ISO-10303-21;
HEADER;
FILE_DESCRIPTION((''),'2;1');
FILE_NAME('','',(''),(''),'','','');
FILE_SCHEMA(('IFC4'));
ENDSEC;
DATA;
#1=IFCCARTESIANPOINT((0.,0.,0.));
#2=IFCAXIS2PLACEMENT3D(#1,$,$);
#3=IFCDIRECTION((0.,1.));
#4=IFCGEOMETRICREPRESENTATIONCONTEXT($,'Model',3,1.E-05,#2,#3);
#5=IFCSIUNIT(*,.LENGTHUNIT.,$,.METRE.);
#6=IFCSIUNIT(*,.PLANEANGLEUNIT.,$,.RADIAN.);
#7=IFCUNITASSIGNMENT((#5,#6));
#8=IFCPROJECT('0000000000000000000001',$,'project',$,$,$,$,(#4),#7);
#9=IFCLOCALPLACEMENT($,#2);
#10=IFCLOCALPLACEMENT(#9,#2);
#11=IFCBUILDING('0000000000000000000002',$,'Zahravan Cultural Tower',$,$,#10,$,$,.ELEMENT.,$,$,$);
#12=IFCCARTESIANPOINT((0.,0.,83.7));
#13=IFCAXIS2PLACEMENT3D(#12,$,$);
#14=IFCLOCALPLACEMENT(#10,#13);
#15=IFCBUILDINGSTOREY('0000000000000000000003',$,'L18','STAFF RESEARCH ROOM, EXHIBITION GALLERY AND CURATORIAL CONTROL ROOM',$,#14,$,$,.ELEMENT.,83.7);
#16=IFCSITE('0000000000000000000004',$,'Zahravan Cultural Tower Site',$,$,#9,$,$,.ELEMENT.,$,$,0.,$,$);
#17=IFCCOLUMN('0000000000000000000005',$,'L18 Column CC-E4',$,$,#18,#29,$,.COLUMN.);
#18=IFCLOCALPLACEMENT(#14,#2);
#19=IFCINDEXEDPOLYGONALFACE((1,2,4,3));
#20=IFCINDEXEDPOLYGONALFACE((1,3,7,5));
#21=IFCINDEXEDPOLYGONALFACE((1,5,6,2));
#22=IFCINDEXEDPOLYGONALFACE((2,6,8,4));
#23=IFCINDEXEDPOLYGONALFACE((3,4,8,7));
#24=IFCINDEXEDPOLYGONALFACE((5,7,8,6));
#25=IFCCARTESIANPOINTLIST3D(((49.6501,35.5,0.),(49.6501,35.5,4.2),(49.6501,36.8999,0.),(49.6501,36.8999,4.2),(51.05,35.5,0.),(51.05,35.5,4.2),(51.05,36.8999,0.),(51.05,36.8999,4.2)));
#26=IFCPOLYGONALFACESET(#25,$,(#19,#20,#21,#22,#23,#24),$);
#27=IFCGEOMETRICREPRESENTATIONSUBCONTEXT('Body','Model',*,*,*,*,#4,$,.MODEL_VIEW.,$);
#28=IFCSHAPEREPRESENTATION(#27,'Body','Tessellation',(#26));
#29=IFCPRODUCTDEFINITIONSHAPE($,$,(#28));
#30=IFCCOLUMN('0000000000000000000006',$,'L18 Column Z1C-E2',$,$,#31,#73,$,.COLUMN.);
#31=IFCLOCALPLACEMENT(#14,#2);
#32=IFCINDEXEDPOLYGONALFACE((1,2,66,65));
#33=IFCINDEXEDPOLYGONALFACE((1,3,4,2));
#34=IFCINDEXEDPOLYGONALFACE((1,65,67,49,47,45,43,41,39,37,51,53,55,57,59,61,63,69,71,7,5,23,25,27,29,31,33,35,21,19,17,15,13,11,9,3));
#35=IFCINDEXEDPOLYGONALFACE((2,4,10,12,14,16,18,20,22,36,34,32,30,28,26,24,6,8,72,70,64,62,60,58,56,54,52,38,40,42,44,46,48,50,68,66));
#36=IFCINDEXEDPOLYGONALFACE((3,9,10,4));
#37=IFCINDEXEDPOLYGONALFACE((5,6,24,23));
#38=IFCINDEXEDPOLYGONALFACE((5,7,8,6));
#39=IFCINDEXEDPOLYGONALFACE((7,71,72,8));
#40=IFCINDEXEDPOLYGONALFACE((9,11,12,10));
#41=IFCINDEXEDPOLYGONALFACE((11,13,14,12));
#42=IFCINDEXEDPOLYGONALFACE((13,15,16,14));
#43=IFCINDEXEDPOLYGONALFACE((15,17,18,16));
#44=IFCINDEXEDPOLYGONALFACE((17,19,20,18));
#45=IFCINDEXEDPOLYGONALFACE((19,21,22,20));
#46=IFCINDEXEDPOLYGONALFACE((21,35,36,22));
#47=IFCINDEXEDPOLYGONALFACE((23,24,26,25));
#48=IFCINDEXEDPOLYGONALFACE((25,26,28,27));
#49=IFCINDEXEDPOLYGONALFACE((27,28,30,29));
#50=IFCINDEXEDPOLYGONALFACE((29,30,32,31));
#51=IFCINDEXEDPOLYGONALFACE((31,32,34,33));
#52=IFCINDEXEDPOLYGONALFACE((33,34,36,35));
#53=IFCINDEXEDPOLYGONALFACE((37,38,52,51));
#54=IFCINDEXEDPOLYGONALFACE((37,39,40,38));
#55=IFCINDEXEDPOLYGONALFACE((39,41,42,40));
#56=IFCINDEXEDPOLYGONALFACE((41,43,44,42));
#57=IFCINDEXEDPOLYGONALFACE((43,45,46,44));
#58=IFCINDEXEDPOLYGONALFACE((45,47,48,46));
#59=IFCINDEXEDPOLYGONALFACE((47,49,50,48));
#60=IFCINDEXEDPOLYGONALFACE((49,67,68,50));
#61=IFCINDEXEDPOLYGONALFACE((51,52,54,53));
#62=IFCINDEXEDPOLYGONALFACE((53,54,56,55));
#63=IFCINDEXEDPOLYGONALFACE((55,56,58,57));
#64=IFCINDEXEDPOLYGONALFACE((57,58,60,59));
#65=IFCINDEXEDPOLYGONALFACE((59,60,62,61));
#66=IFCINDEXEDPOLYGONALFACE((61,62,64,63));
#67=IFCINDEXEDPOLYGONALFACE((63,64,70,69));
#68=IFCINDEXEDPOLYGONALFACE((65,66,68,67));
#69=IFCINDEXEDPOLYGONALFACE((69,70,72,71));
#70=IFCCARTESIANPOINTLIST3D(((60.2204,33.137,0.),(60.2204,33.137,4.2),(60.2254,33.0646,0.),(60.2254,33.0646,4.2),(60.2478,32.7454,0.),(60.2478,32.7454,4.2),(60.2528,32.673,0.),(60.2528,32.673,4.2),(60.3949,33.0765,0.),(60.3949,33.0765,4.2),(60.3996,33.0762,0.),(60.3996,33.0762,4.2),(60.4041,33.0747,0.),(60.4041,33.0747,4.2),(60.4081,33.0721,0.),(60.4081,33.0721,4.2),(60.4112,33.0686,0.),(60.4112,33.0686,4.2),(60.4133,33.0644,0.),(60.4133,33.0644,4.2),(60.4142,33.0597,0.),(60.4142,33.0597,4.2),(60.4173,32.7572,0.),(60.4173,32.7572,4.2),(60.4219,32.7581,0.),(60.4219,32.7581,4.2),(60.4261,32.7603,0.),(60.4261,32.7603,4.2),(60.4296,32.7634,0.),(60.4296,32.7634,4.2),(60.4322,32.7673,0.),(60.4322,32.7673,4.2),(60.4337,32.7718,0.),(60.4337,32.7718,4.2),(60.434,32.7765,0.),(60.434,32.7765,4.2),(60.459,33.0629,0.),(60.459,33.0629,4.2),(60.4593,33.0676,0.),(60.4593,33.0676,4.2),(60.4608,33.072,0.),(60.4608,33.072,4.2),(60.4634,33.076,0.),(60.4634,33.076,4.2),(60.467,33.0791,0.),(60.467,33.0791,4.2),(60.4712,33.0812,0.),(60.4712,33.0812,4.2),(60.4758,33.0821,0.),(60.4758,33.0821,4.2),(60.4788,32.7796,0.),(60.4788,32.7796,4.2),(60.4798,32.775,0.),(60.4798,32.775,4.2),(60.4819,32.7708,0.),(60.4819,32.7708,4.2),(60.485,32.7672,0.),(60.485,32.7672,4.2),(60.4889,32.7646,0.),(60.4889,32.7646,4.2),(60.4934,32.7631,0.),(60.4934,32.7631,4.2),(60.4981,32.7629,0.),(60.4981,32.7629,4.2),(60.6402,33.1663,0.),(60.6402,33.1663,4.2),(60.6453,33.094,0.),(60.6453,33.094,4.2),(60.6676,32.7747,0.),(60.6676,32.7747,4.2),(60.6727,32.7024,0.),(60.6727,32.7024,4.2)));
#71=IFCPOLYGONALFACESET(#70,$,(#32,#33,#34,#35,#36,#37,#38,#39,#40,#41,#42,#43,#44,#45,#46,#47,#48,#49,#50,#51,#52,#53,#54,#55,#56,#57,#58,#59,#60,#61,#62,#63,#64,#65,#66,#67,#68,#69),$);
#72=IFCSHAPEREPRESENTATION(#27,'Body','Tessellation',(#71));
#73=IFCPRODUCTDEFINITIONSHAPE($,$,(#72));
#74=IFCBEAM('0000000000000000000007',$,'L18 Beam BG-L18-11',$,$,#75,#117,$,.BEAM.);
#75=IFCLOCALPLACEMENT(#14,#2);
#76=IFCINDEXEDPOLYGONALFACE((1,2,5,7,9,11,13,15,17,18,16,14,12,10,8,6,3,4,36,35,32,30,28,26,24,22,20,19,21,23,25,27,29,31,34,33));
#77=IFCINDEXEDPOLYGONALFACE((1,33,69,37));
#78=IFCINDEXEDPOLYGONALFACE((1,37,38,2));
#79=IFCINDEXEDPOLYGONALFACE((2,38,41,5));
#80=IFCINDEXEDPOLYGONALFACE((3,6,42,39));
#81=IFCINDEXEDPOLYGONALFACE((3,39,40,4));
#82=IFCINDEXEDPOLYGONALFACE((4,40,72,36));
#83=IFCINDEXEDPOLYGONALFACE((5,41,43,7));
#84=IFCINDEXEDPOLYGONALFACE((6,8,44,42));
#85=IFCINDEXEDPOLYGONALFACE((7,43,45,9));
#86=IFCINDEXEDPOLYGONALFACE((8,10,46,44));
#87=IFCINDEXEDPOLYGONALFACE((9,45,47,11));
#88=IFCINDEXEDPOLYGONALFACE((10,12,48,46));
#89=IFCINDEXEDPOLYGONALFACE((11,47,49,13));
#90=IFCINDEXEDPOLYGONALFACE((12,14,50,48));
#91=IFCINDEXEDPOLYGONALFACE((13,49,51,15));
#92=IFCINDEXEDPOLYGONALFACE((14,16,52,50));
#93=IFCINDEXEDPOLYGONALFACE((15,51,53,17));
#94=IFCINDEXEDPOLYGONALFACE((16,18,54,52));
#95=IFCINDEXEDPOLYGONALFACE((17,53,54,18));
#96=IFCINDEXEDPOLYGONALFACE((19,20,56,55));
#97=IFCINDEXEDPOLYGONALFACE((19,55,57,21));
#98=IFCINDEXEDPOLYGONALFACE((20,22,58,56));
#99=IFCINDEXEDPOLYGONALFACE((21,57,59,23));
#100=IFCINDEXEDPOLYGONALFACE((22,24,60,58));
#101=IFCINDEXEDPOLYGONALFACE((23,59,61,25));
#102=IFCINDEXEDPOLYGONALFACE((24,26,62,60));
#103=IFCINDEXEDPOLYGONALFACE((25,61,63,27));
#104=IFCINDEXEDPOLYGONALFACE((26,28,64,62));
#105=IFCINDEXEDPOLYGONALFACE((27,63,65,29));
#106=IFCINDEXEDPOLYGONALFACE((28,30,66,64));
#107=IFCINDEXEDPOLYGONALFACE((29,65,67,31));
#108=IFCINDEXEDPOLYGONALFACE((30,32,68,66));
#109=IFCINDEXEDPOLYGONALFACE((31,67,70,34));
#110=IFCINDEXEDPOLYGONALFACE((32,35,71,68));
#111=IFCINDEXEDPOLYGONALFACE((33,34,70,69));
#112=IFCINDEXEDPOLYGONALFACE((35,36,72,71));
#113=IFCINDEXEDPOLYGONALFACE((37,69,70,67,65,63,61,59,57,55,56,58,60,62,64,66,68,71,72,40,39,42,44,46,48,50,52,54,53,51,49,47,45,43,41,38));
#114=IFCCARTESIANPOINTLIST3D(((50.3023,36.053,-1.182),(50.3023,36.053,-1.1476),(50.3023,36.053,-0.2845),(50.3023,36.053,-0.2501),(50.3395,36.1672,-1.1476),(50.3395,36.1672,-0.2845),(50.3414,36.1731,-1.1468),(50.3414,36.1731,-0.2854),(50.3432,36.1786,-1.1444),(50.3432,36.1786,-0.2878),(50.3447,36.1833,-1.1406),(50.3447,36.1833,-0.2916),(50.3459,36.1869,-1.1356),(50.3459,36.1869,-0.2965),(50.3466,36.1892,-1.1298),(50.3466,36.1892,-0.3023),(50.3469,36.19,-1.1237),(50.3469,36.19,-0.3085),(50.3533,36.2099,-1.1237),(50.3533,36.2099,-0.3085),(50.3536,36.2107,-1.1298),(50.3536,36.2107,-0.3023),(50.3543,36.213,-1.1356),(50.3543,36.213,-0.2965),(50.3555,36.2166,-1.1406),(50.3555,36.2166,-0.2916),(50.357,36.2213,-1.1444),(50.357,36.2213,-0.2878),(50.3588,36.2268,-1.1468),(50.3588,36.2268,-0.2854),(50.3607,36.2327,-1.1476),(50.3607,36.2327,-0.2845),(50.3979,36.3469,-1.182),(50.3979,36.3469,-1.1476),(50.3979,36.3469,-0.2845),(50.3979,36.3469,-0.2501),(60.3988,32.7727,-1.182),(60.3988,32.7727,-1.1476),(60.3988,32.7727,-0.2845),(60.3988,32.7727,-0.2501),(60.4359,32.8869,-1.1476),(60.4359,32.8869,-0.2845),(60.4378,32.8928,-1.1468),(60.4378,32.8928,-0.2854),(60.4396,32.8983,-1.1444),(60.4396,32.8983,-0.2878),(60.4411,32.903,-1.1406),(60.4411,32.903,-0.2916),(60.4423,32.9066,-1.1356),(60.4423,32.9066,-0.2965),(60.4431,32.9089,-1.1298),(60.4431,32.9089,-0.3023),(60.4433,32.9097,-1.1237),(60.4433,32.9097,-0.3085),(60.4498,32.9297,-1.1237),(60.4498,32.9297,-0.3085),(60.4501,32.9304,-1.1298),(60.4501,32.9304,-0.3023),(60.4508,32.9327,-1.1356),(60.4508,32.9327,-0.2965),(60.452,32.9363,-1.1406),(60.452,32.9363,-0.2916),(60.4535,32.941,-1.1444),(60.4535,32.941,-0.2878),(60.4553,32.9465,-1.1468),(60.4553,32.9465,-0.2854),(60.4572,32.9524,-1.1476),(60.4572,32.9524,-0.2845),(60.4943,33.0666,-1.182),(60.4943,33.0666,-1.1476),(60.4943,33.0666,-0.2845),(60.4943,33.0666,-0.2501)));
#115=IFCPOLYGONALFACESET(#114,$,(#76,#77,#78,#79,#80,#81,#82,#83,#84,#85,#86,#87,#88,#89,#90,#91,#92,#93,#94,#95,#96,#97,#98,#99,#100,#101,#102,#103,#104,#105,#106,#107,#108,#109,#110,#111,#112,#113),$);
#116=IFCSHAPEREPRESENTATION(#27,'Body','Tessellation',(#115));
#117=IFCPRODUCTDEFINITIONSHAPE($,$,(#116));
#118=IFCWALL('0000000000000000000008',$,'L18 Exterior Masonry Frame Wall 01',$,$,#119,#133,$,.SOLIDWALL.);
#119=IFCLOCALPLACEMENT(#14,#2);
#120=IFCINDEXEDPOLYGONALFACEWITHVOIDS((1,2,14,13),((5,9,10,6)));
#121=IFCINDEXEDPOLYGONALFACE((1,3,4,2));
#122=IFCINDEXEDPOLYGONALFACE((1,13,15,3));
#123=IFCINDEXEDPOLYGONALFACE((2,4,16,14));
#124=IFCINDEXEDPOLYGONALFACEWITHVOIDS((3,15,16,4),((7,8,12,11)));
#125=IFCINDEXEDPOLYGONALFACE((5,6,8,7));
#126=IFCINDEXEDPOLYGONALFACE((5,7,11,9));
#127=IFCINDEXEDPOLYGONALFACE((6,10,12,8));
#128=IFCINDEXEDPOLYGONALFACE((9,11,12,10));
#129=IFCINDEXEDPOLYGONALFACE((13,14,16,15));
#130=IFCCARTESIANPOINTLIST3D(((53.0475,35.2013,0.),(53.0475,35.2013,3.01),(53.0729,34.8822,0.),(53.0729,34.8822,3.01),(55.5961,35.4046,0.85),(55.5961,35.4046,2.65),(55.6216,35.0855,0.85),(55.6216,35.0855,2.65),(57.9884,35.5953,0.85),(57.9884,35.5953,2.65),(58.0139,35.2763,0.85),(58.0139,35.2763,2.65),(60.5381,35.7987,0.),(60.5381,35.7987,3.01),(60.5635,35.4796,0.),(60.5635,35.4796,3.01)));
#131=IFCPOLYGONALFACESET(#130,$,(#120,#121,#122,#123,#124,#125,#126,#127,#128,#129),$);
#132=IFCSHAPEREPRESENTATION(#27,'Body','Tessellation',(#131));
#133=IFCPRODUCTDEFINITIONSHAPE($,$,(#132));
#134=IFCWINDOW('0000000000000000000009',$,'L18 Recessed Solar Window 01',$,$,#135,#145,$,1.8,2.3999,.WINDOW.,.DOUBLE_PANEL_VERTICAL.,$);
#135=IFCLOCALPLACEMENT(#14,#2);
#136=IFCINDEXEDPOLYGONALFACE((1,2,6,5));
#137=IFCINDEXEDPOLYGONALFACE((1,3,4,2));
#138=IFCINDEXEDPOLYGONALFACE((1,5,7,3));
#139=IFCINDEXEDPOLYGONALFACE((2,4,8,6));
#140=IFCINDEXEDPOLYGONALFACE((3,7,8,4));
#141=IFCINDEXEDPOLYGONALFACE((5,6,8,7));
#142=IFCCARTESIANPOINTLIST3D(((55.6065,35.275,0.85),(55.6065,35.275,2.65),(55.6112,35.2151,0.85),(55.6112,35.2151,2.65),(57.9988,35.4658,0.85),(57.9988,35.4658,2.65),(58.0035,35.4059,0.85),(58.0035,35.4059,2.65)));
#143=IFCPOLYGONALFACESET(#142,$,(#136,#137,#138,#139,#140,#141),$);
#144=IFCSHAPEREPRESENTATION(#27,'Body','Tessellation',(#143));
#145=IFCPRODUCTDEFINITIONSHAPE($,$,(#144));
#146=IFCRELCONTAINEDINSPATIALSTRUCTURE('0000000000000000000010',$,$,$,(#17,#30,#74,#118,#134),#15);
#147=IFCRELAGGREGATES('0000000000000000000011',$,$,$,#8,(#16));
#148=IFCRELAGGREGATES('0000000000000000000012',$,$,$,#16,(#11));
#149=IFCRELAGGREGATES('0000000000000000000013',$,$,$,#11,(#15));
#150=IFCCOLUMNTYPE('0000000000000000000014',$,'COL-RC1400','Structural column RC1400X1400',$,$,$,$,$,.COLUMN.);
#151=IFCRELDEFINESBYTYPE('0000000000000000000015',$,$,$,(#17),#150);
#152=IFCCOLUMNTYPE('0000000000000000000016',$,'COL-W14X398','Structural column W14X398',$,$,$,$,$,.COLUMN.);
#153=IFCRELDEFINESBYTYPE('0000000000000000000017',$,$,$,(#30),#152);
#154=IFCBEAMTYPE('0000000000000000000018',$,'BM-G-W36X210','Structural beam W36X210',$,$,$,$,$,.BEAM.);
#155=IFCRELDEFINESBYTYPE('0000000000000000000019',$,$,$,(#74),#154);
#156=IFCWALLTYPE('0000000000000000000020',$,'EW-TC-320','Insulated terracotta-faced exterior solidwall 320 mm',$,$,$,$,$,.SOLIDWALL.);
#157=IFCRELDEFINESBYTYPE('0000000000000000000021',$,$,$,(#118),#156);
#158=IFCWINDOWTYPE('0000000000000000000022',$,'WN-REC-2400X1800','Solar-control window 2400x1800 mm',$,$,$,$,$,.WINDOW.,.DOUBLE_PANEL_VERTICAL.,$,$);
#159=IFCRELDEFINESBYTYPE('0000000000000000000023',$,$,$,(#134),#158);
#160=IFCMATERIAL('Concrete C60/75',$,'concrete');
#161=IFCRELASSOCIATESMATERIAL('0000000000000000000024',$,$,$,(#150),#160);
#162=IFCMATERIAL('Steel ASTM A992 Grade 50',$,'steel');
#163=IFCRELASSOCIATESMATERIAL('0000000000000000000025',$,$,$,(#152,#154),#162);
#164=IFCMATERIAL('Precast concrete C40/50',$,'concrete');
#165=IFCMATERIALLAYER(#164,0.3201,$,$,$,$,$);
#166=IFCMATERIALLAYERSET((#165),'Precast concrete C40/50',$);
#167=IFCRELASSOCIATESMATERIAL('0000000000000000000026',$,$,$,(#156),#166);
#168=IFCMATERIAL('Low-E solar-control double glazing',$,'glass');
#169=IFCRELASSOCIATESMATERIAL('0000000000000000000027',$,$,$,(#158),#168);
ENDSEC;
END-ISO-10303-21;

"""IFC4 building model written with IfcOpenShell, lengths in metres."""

from ifc_helpers import new_model, si_unit, direction, frame, frame_2d, origin, origin_2d, place, context, subcontext, project, spatial, rectangle, i_section, extrude, source, transform, mapped, material, layer, layer_set, material_profile, profile_set, type_object, element, fill, save


model = new_model("IFC4")

# Units and contexts
model_context = context("Model", 3, precision=1e-05, world=origin(), true_north=direction((0.0, 1.0)))
body_context = subcontext(model_context, "Body", "Model", "MODEL_VIEW")
ifc_project = project(units=[si_unit("LENGTHUNIT", "METRE"), si_unit("PLANEANGLEUNIT", "RADIAN")], contexts=[model_context])

# Site, building, storey
site_placement = place(None, origin())
site = spatial("IfcSite", under=ifc_project, at=site_placement, Name="Zahravan Cultural Tower Site", CompositionType="ELEMENT", RefElevation=0.0)
building_placement = place(site_placement, origin())
building = spatial("IfcBuilding", under=site, at=building_placement, Name="Zahravan Cultural Tower", CompositionType="ELEMENT")
storey_placement = place(building_placement, frame((0.0, 0.0, 83.7)))
storey = spatial("IfcBuildingStorey", under=building, at=storey_placement, Name="L18", Description="STAFF RESEARCH ROOM, EXHIBITION GALLERY AND CURATORIAL CONTROL ROOM", CompositionType="ELEMENT", Elevation=83.7)

# Columns
ifc_material_1 = material(Name="Concrete C60/75", Category="concrete")
ifc_material_profile_1 = material_profile(ifc_material_1, rectangle(XDim=1.3999, YDim=1.3999, at=origin_2d()), Name="RC1400X1400")
ifc_profile_set_1 = profile_set([ifc_material_profile_1], Name="Concrete C60/75")
column_type_1 = type_object("IfcColumnType", Name="COL-RC1400", Description="Structural column RC1400X1400", PredefinedType="COLUMN", material=ifc_profile_set_1)
shared_shape_1 = source(origin(), body_context, "Body", "SweptSolid", [
    extrude(rectangle(XDim=1.3999, YDim=1.3999, at=origin_2d()), origin(), (0.0, 0.0, 1.0), 4.2),
])
column_1_placement = place(storey_placement, frame((50.3501, 36.2, 0.0), z_axis=(0.0, 0.0, 1.0), x_axis=(1.0, 0.0, 0.0)))
element("IfcColumn", 1, at=column_1_placement, inside=storey, type_object=column_type_1, Name="L18 Column CC-E4", PredefinedType="COLUMN", context=body_context, shape_type="MappedRepresentation", body=[
    mapped(shared_shape_1, transform((0.0, 0.0, 0.0), x_axis=(1.0, 0.0, 0.0), y_axis=(0.0, 1.0, 0.0), z_axis=(0.0, 0.0, 1.0), scale=1.0)),
])
ifc_material_2 = material(Name="Steel ASTM A992 Grade 50", Category="steel")
ifc_material_profile_2 = material_profile(ifc_material_2, i_section(OverallWidth=0.4209, OverallDepth=0.4651, WebThickness=0.0449, FlangeThickness=0.0725, FilletRadius=0.0181, at=origin_2d()), Name="W14X398")
ifc_profile_set_2 = profile_set([ifc_material_profile_2], Name="Steel ASTM A992 Grade 50")
column_type_2 = type_object("IfcColumnType", Name="COL-W14X398", Description="Structural column W14X398", PredefinedType="COLUMN", material=ifc_profile_set_2)
shared_shape_2 = source(origin(), body_context, "Body", "SweptSolid", [
    extrude(i_section(OverallWidth=0.4209, OverallDepth=0.4651, WebThickness=0.0449, FlangeThickness=0.0725, FilletRadius=0.0181, at=origin_2d()), origin(), (0.0, 0.0, 1.0), 4.2),
])
column_2_placement = place(storey_placement, frame((60.4465, 32.9197, 0.0), z_axis=(0.0, 0.0, 1.0), x_axis=(0.997564, 0.069756, 0.0)))
element("IfcColumn", 2, at=column_2_placement, inside=storey, type_object=column_type_2, Name="L18 Column Z1C-E2", PredefinedType="COLUMN", context=body_context, shape_type="MappedRepresentation", body=[
    mapped(shared_shape_2, transform((0.0, 0.0, 0.0), x_axis=(1.0, 0.0, 0.0), y_axis=(0.0, 1.0, 0.0), z_axis=(0.0, 0.0, 1.0), scale=1.0)),
])

# Beam
ifc_material_profile_3 = material_profile(ifc_material_2, i_section(OverallWidth=0.3091, OverallDepth=0.9319, WebThickness=0.021, FlangeThickness=0.0344, FilletRadius=0.0239, at=origin_2d()), Name="W36X210")
ifc_profile_set_3 = profile_set([ifc_material_profile_3], Name="Steel ASTM A992 Grade 50")
beam_type = type_object("IfcBeamType", Name="BM-G-W36X210", Description="Structural beam W36X210", PredefinedType="BEAM", material=ifc_profile_set_3)
shared_shape_3 = source(origin(), body_context, "Body", "SweptSolid", [
    extrude(i_section(OverallWidth=0.3091, OverallDepth=0.9319, WebThickness=0.021, FlangeThickness=0.0344, FilletRadius=0.0239, at=origin_2d()), origin(), (0.0, 0.0, 1.0), 10.616),
])
beam_placement = place(storey_placement, frame((50.3501, 36.2, -0.7161), z_axis=(0.951064, -0.308995, 0.0), x_axis=(0.308995, 0.951064, 0.0)))
element("IfcBeam", 3, at=beam_placement, inside=storey, type_object=beam_type, Name="L18 Beam BG-L18-11", PredefinedType="BEAM", context=body_context, shape_type="MappedRepresentation", body=[
    mapped(shared_shape_3, transform((0.0, 0.0, 0.0), x_axis=(1.0, 0.0, 0.0), y_axis=(0.0, 1.0, 0.0), z_axis=(0.0, 0.0, 1.0), scale=1.0)),
])

# Wall, opening, window
ifc_material_3 = material(Name="Precast concrete C40/50", Category="concrete")
ifc_layer_1 = layer(ifc_material_3, 0.3201)
ifc_layer_set_1 = layer_set([ifc_layer_1], Name="Precast concrete C40/50")
wall_type_1 = type_object("IfcWallType", Name="EW-TC-320", Description="Insulated terracotta-faced exterior solidwall 320 mm", PredefinedType="SOLIDWALL", material=ifc_layer_set_1)
wall_1_placement = place(storey_placement, frame((53.0601, 35.0417, 0.0), z_axis=(0.0, 0.0, 1.0), x_axis=(0.996835, 0.079501, 0.0)))
wall_1 = element("IfcWall", 4, at=wall_1_placement, inside=storey, type_object=wall_type_1, Name="L18 Exterior Masonry Frame Wall 01", PredefinedType="SOLIDWALL", context=body_context, shape_type="SweptSolid", body=[
    extrude(rectangle(XDim=7.5144, YDim=0.3201, at=frame_2d((3.7573, 0.0))), origin(), (0.0, 0.0, 1.0), 3.01),
])
opening_1_placement = place(wall_1_placement, frame((2.5569, 0.0, 0.8501)))
opening_1 = element("IfcOpeningElement", 5, at=opening_1_placement, cuts=wall_1, PredefinedType="OPENING", context=body_context, shape_type="SweptSolid", body=[
    extrude(rectangle(XDim=2.3999, YDim=1.8, at=frame_2d((1.2, 0.8999))), frame((0.0, 0.1699, 0.0), z_axis=(0.0, -1.0, 0.0), x_axis=(1.0, 0.0, 0.0)), (0.0, 0.0, 1.0), 0.3401),
])
ifc_material_4 = material(Name="Low-E solar-control double glazing", Category="glass")
window_type = type_object("IfcWindowType", Name="WN-REC-2400X1800", Description="Solar-control window 2400x1800 mm", PartitioningType="DOUBLE_PANEL_VERTICAL", PredefinedType="WINDOW", material=ifc_material_4)
shared_shape_4 = source(origin(), body_context, "Body", "SweptSolid", [
    extrude(rectangle(XDim=2.3999, YDim=1.8, at=frame_2d((1.2, 0.8999))), frame((0.0, 0.03, 0.0), z_axis=(0.0, -1.0, 0.0), x_axis=(1.0, 0.0, 0.0)), (0.0, 0.0, 1.0), 0.0601),
])
window_placement = place(opening_1_placement, origin())
window = element("IfcWindow", 6, at=window_placement, inside=storey, type_object=window_type, Name="L18 Recessed Solar Window 01", OverallHeight=1.8, OverallWidth=2.3999, PartitioningType="DOUBLE_PANEL_VERTICAL", PredefinedType="WINDOW", context=body_context, shape_type="MappedRepresentation", body=[
    mapped(shared_shape_4, transform((0.0, 0.0, 0.0), x_axis=(1.0, 0.0, 0.0), y_axis=(0.0, 1.0, 0.0), z_axis=(0.0, 0.0, 1.0), scale=1.0)),
])
fill(opening_1, window)

save(model, "model.ifc")
